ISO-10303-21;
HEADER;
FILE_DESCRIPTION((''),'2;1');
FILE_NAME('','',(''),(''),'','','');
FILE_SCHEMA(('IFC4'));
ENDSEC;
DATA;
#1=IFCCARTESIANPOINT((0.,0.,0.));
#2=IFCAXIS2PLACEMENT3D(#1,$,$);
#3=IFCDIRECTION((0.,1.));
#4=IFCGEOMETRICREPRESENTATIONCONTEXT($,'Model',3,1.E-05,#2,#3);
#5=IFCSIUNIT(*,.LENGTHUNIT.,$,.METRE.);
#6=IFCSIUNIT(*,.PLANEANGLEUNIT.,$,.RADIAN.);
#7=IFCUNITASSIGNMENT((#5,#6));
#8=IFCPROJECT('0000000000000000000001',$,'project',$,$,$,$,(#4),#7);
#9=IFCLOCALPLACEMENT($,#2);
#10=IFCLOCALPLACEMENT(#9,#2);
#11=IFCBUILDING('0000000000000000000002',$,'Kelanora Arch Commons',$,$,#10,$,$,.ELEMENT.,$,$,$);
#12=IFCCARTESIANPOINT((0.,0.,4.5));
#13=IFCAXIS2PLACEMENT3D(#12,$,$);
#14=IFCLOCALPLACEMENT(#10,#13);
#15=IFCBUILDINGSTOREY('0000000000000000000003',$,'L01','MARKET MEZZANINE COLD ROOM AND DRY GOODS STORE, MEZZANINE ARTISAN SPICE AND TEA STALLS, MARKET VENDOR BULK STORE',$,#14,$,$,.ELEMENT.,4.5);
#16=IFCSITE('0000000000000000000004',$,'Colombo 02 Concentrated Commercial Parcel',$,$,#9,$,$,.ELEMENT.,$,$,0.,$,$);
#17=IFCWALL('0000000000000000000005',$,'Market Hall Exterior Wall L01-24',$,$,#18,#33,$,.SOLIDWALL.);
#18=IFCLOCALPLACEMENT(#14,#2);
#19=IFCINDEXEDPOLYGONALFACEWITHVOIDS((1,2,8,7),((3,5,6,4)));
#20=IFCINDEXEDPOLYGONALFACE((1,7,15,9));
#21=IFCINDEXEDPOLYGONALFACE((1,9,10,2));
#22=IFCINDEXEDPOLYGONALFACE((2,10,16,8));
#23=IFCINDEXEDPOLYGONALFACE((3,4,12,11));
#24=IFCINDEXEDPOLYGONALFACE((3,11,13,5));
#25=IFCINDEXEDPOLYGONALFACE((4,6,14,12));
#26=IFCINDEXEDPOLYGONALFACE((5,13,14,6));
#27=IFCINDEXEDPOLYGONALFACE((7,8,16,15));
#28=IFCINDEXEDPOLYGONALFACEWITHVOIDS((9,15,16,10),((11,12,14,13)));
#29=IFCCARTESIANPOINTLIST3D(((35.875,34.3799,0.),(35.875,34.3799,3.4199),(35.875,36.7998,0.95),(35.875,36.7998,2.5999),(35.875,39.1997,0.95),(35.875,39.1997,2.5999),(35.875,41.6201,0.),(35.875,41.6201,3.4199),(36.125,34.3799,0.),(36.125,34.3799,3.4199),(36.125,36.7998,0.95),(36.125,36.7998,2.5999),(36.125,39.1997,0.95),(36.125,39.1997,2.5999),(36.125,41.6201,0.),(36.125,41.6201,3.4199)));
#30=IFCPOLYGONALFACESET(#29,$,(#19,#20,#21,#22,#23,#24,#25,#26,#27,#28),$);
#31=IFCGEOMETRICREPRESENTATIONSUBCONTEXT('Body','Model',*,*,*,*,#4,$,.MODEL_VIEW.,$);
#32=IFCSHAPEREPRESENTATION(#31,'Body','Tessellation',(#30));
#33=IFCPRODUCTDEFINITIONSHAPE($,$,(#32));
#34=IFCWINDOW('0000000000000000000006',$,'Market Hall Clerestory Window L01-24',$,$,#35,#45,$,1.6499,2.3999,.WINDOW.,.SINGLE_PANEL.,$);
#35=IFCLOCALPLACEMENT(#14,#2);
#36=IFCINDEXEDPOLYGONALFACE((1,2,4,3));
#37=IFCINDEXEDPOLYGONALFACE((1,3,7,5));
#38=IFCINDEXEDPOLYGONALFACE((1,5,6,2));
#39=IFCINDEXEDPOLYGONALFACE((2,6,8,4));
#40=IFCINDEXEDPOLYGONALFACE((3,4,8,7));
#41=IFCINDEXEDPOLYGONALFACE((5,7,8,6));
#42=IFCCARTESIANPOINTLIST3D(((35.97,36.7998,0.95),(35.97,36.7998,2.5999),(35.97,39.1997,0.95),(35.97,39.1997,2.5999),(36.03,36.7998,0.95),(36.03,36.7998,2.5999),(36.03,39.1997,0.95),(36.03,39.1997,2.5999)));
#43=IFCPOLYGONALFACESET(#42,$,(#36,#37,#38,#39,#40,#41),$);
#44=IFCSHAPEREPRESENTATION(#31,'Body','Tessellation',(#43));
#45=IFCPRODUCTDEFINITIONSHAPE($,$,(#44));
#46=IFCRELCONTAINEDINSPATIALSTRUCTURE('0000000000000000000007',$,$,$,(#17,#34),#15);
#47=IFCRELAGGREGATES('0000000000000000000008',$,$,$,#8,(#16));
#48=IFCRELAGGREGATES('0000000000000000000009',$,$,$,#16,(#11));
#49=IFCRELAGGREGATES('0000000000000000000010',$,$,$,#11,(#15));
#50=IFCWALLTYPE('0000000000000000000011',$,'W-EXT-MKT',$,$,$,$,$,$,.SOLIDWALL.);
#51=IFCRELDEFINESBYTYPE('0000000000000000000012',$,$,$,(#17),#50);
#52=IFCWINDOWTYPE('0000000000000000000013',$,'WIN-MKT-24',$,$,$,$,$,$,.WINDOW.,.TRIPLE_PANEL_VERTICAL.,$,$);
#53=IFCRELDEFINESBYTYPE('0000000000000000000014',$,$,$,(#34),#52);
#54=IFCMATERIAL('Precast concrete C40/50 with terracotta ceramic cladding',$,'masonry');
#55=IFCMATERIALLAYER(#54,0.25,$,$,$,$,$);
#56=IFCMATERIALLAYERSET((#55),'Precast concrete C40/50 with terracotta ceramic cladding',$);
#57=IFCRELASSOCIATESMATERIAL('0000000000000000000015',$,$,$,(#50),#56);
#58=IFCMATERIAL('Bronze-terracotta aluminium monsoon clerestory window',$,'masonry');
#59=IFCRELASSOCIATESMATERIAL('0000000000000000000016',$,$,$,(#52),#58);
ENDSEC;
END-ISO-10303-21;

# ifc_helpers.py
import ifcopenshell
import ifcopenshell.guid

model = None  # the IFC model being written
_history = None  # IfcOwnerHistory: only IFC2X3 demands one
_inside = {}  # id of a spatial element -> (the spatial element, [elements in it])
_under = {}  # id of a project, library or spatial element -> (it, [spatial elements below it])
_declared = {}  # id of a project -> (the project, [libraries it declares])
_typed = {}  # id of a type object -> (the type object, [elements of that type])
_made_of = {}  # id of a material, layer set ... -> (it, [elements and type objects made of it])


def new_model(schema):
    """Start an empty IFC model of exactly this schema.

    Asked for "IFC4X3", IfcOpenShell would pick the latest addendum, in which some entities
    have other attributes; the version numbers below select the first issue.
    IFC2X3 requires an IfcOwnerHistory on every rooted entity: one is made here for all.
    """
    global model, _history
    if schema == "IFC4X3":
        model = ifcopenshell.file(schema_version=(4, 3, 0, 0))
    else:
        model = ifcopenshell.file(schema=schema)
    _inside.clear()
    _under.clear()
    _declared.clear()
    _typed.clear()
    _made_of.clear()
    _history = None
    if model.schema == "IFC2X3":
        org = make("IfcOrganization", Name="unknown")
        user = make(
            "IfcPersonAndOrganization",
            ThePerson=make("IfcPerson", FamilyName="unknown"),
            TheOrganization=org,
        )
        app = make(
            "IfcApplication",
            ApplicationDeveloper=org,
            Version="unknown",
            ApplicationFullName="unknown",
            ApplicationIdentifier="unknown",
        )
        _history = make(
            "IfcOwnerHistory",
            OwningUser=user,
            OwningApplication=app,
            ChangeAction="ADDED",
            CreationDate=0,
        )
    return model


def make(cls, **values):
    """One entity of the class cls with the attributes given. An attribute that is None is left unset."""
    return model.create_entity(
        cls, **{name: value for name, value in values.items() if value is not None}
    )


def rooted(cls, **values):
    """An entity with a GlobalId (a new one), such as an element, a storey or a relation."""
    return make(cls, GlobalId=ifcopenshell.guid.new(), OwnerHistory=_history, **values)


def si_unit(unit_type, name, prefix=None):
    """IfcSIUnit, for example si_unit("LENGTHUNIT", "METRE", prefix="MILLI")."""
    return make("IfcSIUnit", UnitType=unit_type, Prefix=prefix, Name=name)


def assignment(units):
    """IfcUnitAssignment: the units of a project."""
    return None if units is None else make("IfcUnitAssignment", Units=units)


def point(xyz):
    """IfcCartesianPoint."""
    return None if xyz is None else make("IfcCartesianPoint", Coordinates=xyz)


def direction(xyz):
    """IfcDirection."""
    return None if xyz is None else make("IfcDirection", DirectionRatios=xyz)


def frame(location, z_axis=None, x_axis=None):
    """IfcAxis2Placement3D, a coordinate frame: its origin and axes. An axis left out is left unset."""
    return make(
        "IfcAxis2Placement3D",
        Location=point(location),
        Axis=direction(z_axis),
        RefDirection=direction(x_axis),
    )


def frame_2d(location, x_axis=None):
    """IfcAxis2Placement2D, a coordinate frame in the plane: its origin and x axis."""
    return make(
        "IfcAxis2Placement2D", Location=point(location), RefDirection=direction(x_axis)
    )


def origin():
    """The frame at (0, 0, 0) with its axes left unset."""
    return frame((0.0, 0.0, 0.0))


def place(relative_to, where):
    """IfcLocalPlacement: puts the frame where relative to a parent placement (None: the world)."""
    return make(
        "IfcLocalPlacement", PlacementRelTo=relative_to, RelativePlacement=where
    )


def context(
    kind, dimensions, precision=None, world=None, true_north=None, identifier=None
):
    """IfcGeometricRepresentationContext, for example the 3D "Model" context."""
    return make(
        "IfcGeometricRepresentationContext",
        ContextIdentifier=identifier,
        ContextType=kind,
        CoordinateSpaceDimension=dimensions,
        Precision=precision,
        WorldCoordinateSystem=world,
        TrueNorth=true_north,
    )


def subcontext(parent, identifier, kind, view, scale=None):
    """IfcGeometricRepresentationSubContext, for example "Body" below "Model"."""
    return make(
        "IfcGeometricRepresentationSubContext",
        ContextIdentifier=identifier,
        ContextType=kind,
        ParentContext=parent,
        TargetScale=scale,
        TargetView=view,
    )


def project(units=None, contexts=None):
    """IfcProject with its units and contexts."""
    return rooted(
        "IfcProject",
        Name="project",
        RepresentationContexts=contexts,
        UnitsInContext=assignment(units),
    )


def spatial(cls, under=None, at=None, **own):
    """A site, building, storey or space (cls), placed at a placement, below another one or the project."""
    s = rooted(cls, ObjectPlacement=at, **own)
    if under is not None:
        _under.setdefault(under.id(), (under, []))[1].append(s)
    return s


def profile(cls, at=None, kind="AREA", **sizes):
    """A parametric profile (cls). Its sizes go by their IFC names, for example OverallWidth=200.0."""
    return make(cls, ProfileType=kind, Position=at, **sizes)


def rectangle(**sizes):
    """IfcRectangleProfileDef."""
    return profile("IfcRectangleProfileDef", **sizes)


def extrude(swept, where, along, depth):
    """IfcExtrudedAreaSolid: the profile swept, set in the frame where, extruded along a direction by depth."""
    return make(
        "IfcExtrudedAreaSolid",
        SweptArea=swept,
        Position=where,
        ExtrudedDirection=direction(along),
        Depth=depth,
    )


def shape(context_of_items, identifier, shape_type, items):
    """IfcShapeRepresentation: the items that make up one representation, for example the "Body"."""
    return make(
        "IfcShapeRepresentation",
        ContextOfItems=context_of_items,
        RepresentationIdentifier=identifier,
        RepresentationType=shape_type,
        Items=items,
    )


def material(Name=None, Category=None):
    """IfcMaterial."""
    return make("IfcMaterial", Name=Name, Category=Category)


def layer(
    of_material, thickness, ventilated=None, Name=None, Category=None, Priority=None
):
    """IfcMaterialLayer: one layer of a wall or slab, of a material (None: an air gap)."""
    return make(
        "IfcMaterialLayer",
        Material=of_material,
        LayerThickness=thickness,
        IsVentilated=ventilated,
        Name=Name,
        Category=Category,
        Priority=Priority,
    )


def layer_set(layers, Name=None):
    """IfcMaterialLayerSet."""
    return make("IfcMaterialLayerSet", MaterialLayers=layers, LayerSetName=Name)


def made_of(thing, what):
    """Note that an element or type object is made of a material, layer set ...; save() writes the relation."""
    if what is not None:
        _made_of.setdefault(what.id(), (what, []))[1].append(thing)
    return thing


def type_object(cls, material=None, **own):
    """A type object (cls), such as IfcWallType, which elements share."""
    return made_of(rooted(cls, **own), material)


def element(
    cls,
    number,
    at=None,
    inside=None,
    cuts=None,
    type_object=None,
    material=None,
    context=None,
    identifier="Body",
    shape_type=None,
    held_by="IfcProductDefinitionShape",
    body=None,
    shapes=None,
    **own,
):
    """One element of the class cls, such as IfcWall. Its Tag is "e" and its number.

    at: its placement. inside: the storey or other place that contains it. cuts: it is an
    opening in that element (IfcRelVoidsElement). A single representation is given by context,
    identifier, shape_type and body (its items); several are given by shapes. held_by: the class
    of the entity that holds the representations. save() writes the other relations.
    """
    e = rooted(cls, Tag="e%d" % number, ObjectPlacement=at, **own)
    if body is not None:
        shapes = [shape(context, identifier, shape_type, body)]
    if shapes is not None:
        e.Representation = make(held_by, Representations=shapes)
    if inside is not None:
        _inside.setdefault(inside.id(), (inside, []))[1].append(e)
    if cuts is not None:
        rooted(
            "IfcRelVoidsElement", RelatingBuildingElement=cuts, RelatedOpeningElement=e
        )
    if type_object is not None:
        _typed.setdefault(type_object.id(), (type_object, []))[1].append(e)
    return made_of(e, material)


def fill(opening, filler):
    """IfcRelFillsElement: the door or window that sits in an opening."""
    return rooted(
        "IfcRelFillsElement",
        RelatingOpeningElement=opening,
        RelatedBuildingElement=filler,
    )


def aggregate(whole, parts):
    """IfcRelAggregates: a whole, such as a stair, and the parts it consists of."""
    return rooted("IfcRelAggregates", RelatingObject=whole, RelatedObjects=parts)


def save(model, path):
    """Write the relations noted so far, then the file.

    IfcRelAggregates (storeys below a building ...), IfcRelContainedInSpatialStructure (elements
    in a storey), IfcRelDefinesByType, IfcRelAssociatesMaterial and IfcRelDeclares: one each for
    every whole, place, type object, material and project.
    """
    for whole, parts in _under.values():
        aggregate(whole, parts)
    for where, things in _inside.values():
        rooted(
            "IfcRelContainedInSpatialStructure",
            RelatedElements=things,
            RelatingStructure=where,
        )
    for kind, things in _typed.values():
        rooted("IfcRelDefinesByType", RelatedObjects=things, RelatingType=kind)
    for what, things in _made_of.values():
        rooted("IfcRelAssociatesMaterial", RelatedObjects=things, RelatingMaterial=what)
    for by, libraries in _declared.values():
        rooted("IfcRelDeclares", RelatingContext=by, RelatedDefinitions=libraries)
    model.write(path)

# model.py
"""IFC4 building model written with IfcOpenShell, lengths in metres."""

from ifc_helpers import new_model, si_unit, direction, frame, frame_2d, origin, place, context, subcontext, project, spatial, rectangle, extrude, material, layer, layer_set, type_object, element, fill, save


model = new_model("IFC4")

# Units and contexts
model_context = context("Model", 3, precision=1e-05, world=origin(), true_north=direction((0.0, 1.0)))
body_context = subcontext(model_context, "Body", "Model", "MODEL_VIEW")
ifc_project = project(units=[si_unit("LENGTHUNIT", "METRE"), si_unit("PLANEANGLEUNIT", "RADIAN")], contexts=[model_context])

# Site, building, storey
site_placement = place(None, origin())
site = spatial("IfcSite", under=ifc_project, at=site_placement, Name="Colombo 02 Concentrated Commercial Parcel", CompositionType="ELEMENT", RefElevation=0.0)
building_placement = place(site_placement, origin())
building = spatial("IfcBuilding", under=site, at=building_placement, Name="Kelanora Arch Commons", CompositionType="ELEMENT")
storey_placement = place(building_placement, frame((0.0, 0.0, 4.5)))
storey = spatial("IfcBuildingStorey", under=building, at=storey_placement, Name="L01", Description="MARKET MEZZANINE COLD ROOM AND DRY GOODS STORE, MEZZANINE ARTISAN SPICE AND TEA STALLS, MARKET VENDOR BULK STORE", CompositionType="ELEMENT", Elevation=4.5)

# Wall, opening, window
ifc_material_1 = material(Name="Precast concrete C40/50 with terracotta ceramic cladding", Category="masonry")
ifc_layer_1 = layer(ifc_material_1, 0.25)
ifc_layer_set_1 = layer_set([ifc_layer_1], Name="Precast concrete C40/50 with terracotta ceramic cladding")
wall_type = type_object("IfcWallType", Name="W-EXT-MKT", PredefinedType="SOLIDWALL", material=ifc_layer_set_1)
ifc_material_2 = material(Name="Bronze-terracotta aluminium monsoon clerestory window", Category="masonry")
window_type = type_object("IfcWindowType", Name="WIN-MKT-24", PartitioningType="TRIPLE_PANEL_VERTICAL", PredefinedType="WINDOW", material=ifc_material_2)
wall_1_placement = place(storey_placement, frame((36.0, 34.3799, 0.0), z_axis=(0.0, 0.0, 1.0), x_axis=(0.0, 1.0, 0.0)))
wall_1 = element("IfcWall", 1, at=wall_1_placement, inside=storey, type_object=wall_type, Name="Market Hall Exterior Wall L01-24", PredefinedType="SOLIDWALL", context=body_context, shape_type="SweptSolid", body=[
    extrude(rectangle(XDim=7.2402, YDim=0.25, at=frame_2d((3.6201, 0.0))), origin(), (0.0, 0.0, 1.0), 3.4199),
])
opening_1_placement = place(wall_1_placement, frame((2.4199, 0.0, 0.95)))
opening_1 = element("IfcOpeningElement", 2, at=opening_1_placement, cuts=wall_1, PredefinedType="OPENING", context=body_context, shape_type="SweptSolid", body=[
    extrude(rectangle(XDim=2.3999, YDim=1.6499, at=frame_2d((1.2, 0.825))), frame((0.0, 0.135, 0.0), z_axis=(0.0, -1.0, 0.0), x_axis=(1.0, 0.0, 0.0)), (0.0, 0.0, 1.0), 0.27),
])
window_1_placement = place(opening_1_placement, origin())
window_1 = element("IfcWindow", 3, at=window_1_placement, inside=storey, type_object=window_type, Name="Market Hall Clerestory Window L01-24", OverallHeight=1.6499, OverallWidth=2.3999, PartitioningType="SINGLE_PANEL", PredefinedType="WINDOW", context=body_context, shape_type="SweptSolid", body=[
    extrude(rectangle(XDim=2.3999, YDim=1.6499, at=frame_2d((1.2, 0.825))), frame((0.0, 0.03, 0.0), z_axis=(0.0, -1.0, 0.0), x_axis=(1.0, 0.0, 0.0)), (0.0, 0.0, 1.0), 0.0601),
])
fill(opening_1, window_1)

save(model, "model.ifc")
